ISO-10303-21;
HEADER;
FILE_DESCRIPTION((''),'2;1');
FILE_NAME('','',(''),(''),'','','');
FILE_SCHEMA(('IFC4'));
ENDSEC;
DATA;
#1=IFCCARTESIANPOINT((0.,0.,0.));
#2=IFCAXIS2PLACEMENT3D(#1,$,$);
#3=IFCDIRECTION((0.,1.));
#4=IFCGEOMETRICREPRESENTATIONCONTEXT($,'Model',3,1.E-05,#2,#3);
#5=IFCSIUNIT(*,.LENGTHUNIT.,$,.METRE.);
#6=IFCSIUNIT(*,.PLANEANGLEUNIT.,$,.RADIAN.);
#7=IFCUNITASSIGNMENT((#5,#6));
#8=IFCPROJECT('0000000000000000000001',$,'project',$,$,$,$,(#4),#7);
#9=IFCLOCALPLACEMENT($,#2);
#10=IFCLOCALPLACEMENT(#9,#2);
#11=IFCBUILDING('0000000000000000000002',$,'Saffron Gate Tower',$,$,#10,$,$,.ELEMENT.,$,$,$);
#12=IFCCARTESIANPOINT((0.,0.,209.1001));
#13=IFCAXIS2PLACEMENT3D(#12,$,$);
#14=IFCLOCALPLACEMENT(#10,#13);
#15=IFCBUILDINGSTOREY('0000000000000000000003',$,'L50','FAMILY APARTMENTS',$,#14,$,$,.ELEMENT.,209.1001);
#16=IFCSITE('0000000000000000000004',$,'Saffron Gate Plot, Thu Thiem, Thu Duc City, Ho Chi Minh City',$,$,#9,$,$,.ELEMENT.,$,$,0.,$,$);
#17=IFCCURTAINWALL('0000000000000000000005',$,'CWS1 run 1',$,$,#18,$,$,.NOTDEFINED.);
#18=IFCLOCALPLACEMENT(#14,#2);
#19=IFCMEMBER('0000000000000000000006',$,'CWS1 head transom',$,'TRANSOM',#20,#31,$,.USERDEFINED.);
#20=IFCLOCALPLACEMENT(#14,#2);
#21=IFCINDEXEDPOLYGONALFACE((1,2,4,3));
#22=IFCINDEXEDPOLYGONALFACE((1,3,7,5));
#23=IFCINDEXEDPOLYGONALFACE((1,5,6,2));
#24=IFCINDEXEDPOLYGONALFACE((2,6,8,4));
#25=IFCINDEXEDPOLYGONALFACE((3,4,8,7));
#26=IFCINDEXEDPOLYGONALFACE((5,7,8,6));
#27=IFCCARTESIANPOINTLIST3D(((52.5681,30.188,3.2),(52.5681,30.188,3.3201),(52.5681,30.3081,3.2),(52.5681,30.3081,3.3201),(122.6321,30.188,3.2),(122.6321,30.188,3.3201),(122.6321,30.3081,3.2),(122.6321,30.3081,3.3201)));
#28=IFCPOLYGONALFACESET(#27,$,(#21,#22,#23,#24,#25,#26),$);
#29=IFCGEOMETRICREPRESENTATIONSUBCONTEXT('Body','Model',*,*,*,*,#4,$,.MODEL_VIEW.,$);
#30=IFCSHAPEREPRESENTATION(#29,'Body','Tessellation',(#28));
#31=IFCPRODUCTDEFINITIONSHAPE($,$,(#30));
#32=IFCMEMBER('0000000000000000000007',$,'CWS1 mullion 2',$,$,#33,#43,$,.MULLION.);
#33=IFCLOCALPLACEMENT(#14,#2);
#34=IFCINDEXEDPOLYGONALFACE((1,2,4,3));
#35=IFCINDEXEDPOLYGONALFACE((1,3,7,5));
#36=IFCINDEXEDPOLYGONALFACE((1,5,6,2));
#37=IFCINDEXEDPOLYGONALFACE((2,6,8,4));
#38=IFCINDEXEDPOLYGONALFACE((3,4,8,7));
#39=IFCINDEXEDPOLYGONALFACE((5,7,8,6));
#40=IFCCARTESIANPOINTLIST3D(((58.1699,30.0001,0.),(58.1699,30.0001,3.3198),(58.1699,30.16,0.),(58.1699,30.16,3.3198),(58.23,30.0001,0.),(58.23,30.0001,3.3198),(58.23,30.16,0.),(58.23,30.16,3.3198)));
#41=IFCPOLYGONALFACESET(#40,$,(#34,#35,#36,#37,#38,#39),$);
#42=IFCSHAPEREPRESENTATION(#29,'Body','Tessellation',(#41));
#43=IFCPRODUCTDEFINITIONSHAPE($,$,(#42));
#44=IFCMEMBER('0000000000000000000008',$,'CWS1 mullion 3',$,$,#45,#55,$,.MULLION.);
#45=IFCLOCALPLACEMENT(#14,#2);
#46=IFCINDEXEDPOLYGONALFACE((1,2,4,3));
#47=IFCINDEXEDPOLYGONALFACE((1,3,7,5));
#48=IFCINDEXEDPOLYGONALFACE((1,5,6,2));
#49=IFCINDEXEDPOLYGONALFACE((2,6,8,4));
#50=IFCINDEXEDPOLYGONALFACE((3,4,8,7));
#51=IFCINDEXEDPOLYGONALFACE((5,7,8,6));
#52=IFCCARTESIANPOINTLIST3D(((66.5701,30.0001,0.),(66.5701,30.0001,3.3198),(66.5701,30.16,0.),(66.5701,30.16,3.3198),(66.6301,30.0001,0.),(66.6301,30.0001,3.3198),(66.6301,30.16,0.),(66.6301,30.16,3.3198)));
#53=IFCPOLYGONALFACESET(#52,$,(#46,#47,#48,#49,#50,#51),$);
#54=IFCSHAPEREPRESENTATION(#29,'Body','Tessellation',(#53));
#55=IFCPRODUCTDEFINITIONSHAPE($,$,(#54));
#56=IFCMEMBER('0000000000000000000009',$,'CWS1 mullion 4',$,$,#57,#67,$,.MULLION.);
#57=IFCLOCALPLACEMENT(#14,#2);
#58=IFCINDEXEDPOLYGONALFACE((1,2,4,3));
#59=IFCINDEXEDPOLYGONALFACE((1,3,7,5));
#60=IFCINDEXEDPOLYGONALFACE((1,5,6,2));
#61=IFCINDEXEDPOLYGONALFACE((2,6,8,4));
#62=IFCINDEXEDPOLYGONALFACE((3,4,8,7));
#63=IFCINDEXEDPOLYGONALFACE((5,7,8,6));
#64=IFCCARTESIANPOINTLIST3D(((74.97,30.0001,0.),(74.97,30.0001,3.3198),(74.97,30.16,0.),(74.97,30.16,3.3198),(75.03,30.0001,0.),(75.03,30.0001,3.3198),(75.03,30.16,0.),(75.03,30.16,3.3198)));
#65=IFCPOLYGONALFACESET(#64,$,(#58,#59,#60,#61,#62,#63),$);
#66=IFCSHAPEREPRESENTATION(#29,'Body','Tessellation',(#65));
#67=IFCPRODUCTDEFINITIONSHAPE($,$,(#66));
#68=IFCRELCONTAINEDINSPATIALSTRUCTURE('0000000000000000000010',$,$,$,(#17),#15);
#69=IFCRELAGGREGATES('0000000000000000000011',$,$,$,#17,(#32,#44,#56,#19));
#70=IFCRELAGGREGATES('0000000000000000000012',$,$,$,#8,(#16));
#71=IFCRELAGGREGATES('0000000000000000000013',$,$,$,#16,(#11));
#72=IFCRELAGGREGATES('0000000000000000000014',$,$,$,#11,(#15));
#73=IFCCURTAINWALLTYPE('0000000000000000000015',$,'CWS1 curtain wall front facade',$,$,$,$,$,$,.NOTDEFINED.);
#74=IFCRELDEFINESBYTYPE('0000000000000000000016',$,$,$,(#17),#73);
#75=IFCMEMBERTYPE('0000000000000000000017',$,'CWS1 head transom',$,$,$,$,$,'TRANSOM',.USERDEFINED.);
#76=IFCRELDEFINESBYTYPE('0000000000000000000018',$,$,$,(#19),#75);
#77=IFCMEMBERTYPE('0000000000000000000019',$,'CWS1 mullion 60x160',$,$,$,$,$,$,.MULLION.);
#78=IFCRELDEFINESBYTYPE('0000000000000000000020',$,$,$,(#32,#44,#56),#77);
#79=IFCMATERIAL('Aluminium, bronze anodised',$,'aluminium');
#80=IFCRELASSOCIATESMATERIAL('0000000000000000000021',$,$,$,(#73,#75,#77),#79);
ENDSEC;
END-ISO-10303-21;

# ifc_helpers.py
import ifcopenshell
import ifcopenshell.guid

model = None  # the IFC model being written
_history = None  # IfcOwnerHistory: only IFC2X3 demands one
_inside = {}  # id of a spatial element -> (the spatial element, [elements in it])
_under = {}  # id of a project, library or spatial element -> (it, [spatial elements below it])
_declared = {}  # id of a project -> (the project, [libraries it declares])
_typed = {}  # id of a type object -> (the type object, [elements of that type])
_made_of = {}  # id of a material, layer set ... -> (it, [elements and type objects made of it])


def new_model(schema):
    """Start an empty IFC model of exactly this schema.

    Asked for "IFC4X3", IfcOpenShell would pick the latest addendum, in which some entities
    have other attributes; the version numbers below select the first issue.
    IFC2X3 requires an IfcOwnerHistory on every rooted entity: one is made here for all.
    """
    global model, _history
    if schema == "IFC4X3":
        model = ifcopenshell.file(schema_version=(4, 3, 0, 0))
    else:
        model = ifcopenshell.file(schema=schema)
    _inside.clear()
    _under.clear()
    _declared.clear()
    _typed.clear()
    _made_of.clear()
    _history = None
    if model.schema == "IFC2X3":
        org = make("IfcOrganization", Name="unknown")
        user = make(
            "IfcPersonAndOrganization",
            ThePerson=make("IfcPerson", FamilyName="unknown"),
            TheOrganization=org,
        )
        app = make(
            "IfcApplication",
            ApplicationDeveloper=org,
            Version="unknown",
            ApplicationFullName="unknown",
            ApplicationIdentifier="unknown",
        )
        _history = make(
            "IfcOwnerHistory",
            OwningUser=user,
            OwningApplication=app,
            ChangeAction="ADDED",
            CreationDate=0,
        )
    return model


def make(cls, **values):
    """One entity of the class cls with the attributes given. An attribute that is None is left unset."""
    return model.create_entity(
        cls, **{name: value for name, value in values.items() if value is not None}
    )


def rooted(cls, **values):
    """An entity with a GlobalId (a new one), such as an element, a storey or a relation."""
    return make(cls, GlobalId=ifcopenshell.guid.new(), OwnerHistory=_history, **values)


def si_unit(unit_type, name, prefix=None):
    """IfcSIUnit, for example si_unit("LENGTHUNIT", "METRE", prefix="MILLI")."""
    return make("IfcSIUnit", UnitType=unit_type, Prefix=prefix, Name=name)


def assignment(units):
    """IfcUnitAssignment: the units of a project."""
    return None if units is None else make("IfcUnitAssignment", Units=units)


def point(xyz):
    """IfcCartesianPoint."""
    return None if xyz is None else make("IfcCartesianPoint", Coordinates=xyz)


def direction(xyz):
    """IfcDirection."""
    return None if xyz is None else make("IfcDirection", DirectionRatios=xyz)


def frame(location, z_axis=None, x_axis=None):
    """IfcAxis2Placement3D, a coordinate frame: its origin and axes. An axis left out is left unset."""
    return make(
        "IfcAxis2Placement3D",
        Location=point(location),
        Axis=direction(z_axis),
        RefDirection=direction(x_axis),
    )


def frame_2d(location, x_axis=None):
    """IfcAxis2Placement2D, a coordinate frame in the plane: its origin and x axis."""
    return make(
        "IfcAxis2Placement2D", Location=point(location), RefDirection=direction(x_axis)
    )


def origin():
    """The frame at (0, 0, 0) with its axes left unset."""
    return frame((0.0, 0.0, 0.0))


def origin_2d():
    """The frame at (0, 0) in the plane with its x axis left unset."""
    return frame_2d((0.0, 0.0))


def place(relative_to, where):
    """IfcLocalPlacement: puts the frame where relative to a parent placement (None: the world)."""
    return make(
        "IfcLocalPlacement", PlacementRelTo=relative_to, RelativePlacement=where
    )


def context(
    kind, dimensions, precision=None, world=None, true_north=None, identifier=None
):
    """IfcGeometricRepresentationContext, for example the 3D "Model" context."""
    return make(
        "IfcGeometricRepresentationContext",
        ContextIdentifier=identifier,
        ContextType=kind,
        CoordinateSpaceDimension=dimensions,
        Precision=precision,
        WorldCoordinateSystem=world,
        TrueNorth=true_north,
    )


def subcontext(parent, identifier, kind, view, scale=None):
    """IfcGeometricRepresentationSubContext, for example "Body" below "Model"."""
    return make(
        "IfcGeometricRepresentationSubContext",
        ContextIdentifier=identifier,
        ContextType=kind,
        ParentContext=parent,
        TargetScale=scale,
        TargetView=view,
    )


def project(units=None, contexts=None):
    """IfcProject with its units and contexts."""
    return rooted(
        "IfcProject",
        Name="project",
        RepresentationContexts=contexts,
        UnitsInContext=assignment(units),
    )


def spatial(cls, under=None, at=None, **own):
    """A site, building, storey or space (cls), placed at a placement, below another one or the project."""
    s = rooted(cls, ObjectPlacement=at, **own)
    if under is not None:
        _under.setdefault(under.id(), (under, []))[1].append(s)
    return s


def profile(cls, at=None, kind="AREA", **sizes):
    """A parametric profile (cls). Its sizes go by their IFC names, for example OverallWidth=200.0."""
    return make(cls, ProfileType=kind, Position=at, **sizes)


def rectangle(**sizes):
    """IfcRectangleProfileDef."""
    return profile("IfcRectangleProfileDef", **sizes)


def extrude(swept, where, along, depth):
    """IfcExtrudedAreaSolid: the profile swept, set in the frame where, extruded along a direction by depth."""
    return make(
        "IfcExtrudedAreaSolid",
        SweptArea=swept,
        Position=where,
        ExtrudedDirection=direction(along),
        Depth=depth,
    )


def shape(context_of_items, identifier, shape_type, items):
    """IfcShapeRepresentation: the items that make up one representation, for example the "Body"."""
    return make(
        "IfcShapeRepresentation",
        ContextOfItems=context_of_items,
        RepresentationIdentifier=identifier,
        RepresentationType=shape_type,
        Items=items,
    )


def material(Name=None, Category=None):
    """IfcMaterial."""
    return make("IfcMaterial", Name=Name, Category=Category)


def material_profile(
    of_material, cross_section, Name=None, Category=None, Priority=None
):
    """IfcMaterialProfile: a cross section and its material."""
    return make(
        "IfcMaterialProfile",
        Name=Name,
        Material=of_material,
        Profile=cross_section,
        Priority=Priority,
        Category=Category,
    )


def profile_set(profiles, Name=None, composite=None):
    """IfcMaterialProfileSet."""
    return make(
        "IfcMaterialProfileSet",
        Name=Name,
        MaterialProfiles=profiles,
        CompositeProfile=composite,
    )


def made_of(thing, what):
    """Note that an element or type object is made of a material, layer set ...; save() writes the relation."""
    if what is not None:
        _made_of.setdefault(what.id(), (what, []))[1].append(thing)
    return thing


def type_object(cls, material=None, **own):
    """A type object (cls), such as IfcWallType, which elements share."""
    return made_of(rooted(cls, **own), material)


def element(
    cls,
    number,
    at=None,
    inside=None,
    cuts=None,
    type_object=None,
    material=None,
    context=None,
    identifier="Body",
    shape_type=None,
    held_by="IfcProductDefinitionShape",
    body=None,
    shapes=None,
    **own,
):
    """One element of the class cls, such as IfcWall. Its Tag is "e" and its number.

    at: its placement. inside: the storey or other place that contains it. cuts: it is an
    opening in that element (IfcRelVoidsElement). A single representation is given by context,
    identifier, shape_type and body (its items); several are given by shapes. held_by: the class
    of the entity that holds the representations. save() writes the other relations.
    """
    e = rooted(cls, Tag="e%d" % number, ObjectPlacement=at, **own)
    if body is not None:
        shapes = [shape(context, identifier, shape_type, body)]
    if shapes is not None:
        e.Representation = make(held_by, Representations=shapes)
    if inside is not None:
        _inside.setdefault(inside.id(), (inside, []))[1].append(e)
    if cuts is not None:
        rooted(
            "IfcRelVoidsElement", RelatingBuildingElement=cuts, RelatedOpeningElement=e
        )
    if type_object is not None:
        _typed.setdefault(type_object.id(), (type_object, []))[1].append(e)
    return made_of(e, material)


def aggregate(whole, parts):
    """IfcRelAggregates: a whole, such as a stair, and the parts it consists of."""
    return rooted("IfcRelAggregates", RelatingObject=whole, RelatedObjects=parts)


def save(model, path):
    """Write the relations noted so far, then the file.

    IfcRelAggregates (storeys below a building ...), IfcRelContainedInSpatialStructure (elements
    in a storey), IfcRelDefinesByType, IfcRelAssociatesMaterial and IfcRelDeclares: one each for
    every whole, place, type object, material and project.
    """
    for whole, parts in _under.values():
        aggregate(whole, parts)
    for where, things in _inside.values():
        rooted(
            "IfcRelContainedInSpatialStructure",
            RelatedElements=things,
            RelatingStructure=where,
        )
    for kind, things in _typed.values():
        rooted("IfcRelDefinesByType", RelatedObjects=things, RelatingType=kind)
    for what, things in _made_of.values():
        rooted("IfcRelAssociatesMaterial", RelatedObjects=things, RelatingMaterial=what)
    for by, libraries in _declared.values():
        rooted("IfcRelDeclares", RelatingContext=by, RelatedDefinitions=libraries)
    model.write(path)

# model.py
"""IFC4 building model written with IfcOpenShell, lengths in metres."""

from ifc_helpers import new_model, si_unit, direction, frame, origin, origin_2d, place, context, subcontext, project, spatial, rectangle, extrude, material, material_profile, profile_set, type_object, element, aggregate, save


model = new_model("IFC4")

# Units and contexts
model_context = context("Model", 3, precision=1e-05, world=origin(), true_north=direction((0.0, 1.0)))
body_context = subcontext(model_context, "Body", "Model", "MODEL_VIEW")
ifc_project = project(units=[si_unit("LENGTHUNIT", "METRE"), si_unit("PLANEANGLEUNIT", "RADIAN")], contexts=[model_context])

# Site, building, storey
site_placement = place(None, origin())
site = spatial("IfcSite", under=ifc_project, at=site_placement, Name="Saffron Gate Plot, Thu Thiem, Thu Duc City, Ho Chi Minh City", CompositionType="ELEMENT", RefElevation=0.0)
building_placement = place(site_placement, origin())
building = spatial("IfcBuilding", under=site, at=building_placement, Name="Saffron Gate Tower", CompositionType="ELEMENT")
storey_placement = place(building_placement, frame((0.0, 0.0, 209.1001)))
storey = spatial("IfcBuildingStorey", under=building, at=storey_placement, Name="L50", Description="FAMILY APARTMENTS", CompositionType="ELEMENT", Elevation=209.1001)

# Curtain wall, members
ifc_material_1 = material(Name="Aluminium, bronze anodised", Category="aluminium")
curtain_wall_type = type_object("IfcCurtainWallType", Name="CWS1 curtain wall front facade", PredefinedType="NOTDEFINED", material=ifc_material_1)
curtain_wall_placement = place(storey_placement, origin())
curtain_wall = element("IfcCurtainWall", 1, at=curtain_wall_placement, inside=storey, type_object=curtain_wall_type, Name="CWS1 run 1", PredefinedType="NOTDEFINED")
ifc_material_profile_1 = material_profile(ifc_material_1, rectangle(XDim=0.1201, YDim=0.1201, at=origin_2d()))
ifc_profile_set_1 = profile_set([ifc_material_profile_1], Name="Aluminium, bronze anodised")
member_type_1 = type_object("IfcMemberType", Name="CWS1 head transom", ElementType="TRANSOM", PredefinedType="USERDEFINED", material=ifc_profile_set_1)
member_1_placement = place(storey_placement, frame((52.5681, 30.248, 3.26), z_axis=(1.0, 0.0, 0.0), x_axis=(0.0, 1.0, 0.0)))
member_1 = element("IfcMember", 2, at=member_1_placement, type_object=member_type_1, Name="CWS1 head transom", ObjectType="TRANSOM", PredefinedType="USERDEFINED", context=body_context, shape_type="SweptSolid", body=[
    extrude(rectangle(XDim=0.1201, YDim=0.1201, at=origin_2d()), origin(), (0.0, 0.0, 1.0), 70.064),
])
ifc_material_profile_2 = material_profile(ifc_material_1, rectangle(XDim=0.1599, YDim=0.0601, at=origin_2d()))
ifc_profile_set_2 = profile_set([ifc_material_profile_2], Name="Aluminium, bronze anodised")
member_type_2 = type_object("IfcMemberType", Name="CWS1 mullion 60x160", PredefinedType="MULLION", material=ifc_profile_set_2)
member_2_placement = place(storey_placement, frame((58.2, 30.0801, 0.0), z_axis=(0.0, 0.0, 1.0), x_axis=(0.0, 1.0, 0.0)))
member_2 = element("IfcMember", 3, at=member_2_placement, type_object=member_type_2, Name="CWS1 mullion 2", PredefinedType="MULLION", context=body_context, shape_type="SweptSolid", body=[
    extrude(rectangle(XDim=0.1599, YDim=0.0601, at=origin_2d()), origin(), (0.0, 0.0, 1.0), 3.3198),
])
member_3_placement = place(storey_placement, frame((66.6001, 30.0801, 0.0), z_axis=(0.0, 0.0, 1.0), x_axis=(0.0, 1.0, 0.0)))
member_3 = element("IfcMember", 4, at=member_3_placement, type_object=member_type_2, Name="CWS1 mullion 3", PredefinedType="MULLION", context=body_context, shape_type="SweptSolid", body=[
    extrude(rectangle(XDim=0.1599, YDim=0.0601, at=origin_2d()), origin(), (0.0, 0.0, 1.0), 3.3198),
])
member_4_placement = place(storey_placement, frame((75.0, 30.0801, 0.0), z_axis=(0.0, 0.0, 1.0), x_axis=(0.0, 1.0, 0.0)))
member_4 = element("IfcMember", 5, at=member_4_placement, type_object=member_type_2, Name="CWS1 mullion 4", PredefinedType="MULLION", context=body_context, shape_type="SweptSolid", body=[
    extrude(rectangle(XDim=0.1599, YDim=0.0601, at=origin_2d()), origin(), (0.0, 0.0, 1.0), 3.3198),
])
aggregate(curtain_wall, [member_2, member_3, member_4, member_1])

save(model, "model.ifc")
